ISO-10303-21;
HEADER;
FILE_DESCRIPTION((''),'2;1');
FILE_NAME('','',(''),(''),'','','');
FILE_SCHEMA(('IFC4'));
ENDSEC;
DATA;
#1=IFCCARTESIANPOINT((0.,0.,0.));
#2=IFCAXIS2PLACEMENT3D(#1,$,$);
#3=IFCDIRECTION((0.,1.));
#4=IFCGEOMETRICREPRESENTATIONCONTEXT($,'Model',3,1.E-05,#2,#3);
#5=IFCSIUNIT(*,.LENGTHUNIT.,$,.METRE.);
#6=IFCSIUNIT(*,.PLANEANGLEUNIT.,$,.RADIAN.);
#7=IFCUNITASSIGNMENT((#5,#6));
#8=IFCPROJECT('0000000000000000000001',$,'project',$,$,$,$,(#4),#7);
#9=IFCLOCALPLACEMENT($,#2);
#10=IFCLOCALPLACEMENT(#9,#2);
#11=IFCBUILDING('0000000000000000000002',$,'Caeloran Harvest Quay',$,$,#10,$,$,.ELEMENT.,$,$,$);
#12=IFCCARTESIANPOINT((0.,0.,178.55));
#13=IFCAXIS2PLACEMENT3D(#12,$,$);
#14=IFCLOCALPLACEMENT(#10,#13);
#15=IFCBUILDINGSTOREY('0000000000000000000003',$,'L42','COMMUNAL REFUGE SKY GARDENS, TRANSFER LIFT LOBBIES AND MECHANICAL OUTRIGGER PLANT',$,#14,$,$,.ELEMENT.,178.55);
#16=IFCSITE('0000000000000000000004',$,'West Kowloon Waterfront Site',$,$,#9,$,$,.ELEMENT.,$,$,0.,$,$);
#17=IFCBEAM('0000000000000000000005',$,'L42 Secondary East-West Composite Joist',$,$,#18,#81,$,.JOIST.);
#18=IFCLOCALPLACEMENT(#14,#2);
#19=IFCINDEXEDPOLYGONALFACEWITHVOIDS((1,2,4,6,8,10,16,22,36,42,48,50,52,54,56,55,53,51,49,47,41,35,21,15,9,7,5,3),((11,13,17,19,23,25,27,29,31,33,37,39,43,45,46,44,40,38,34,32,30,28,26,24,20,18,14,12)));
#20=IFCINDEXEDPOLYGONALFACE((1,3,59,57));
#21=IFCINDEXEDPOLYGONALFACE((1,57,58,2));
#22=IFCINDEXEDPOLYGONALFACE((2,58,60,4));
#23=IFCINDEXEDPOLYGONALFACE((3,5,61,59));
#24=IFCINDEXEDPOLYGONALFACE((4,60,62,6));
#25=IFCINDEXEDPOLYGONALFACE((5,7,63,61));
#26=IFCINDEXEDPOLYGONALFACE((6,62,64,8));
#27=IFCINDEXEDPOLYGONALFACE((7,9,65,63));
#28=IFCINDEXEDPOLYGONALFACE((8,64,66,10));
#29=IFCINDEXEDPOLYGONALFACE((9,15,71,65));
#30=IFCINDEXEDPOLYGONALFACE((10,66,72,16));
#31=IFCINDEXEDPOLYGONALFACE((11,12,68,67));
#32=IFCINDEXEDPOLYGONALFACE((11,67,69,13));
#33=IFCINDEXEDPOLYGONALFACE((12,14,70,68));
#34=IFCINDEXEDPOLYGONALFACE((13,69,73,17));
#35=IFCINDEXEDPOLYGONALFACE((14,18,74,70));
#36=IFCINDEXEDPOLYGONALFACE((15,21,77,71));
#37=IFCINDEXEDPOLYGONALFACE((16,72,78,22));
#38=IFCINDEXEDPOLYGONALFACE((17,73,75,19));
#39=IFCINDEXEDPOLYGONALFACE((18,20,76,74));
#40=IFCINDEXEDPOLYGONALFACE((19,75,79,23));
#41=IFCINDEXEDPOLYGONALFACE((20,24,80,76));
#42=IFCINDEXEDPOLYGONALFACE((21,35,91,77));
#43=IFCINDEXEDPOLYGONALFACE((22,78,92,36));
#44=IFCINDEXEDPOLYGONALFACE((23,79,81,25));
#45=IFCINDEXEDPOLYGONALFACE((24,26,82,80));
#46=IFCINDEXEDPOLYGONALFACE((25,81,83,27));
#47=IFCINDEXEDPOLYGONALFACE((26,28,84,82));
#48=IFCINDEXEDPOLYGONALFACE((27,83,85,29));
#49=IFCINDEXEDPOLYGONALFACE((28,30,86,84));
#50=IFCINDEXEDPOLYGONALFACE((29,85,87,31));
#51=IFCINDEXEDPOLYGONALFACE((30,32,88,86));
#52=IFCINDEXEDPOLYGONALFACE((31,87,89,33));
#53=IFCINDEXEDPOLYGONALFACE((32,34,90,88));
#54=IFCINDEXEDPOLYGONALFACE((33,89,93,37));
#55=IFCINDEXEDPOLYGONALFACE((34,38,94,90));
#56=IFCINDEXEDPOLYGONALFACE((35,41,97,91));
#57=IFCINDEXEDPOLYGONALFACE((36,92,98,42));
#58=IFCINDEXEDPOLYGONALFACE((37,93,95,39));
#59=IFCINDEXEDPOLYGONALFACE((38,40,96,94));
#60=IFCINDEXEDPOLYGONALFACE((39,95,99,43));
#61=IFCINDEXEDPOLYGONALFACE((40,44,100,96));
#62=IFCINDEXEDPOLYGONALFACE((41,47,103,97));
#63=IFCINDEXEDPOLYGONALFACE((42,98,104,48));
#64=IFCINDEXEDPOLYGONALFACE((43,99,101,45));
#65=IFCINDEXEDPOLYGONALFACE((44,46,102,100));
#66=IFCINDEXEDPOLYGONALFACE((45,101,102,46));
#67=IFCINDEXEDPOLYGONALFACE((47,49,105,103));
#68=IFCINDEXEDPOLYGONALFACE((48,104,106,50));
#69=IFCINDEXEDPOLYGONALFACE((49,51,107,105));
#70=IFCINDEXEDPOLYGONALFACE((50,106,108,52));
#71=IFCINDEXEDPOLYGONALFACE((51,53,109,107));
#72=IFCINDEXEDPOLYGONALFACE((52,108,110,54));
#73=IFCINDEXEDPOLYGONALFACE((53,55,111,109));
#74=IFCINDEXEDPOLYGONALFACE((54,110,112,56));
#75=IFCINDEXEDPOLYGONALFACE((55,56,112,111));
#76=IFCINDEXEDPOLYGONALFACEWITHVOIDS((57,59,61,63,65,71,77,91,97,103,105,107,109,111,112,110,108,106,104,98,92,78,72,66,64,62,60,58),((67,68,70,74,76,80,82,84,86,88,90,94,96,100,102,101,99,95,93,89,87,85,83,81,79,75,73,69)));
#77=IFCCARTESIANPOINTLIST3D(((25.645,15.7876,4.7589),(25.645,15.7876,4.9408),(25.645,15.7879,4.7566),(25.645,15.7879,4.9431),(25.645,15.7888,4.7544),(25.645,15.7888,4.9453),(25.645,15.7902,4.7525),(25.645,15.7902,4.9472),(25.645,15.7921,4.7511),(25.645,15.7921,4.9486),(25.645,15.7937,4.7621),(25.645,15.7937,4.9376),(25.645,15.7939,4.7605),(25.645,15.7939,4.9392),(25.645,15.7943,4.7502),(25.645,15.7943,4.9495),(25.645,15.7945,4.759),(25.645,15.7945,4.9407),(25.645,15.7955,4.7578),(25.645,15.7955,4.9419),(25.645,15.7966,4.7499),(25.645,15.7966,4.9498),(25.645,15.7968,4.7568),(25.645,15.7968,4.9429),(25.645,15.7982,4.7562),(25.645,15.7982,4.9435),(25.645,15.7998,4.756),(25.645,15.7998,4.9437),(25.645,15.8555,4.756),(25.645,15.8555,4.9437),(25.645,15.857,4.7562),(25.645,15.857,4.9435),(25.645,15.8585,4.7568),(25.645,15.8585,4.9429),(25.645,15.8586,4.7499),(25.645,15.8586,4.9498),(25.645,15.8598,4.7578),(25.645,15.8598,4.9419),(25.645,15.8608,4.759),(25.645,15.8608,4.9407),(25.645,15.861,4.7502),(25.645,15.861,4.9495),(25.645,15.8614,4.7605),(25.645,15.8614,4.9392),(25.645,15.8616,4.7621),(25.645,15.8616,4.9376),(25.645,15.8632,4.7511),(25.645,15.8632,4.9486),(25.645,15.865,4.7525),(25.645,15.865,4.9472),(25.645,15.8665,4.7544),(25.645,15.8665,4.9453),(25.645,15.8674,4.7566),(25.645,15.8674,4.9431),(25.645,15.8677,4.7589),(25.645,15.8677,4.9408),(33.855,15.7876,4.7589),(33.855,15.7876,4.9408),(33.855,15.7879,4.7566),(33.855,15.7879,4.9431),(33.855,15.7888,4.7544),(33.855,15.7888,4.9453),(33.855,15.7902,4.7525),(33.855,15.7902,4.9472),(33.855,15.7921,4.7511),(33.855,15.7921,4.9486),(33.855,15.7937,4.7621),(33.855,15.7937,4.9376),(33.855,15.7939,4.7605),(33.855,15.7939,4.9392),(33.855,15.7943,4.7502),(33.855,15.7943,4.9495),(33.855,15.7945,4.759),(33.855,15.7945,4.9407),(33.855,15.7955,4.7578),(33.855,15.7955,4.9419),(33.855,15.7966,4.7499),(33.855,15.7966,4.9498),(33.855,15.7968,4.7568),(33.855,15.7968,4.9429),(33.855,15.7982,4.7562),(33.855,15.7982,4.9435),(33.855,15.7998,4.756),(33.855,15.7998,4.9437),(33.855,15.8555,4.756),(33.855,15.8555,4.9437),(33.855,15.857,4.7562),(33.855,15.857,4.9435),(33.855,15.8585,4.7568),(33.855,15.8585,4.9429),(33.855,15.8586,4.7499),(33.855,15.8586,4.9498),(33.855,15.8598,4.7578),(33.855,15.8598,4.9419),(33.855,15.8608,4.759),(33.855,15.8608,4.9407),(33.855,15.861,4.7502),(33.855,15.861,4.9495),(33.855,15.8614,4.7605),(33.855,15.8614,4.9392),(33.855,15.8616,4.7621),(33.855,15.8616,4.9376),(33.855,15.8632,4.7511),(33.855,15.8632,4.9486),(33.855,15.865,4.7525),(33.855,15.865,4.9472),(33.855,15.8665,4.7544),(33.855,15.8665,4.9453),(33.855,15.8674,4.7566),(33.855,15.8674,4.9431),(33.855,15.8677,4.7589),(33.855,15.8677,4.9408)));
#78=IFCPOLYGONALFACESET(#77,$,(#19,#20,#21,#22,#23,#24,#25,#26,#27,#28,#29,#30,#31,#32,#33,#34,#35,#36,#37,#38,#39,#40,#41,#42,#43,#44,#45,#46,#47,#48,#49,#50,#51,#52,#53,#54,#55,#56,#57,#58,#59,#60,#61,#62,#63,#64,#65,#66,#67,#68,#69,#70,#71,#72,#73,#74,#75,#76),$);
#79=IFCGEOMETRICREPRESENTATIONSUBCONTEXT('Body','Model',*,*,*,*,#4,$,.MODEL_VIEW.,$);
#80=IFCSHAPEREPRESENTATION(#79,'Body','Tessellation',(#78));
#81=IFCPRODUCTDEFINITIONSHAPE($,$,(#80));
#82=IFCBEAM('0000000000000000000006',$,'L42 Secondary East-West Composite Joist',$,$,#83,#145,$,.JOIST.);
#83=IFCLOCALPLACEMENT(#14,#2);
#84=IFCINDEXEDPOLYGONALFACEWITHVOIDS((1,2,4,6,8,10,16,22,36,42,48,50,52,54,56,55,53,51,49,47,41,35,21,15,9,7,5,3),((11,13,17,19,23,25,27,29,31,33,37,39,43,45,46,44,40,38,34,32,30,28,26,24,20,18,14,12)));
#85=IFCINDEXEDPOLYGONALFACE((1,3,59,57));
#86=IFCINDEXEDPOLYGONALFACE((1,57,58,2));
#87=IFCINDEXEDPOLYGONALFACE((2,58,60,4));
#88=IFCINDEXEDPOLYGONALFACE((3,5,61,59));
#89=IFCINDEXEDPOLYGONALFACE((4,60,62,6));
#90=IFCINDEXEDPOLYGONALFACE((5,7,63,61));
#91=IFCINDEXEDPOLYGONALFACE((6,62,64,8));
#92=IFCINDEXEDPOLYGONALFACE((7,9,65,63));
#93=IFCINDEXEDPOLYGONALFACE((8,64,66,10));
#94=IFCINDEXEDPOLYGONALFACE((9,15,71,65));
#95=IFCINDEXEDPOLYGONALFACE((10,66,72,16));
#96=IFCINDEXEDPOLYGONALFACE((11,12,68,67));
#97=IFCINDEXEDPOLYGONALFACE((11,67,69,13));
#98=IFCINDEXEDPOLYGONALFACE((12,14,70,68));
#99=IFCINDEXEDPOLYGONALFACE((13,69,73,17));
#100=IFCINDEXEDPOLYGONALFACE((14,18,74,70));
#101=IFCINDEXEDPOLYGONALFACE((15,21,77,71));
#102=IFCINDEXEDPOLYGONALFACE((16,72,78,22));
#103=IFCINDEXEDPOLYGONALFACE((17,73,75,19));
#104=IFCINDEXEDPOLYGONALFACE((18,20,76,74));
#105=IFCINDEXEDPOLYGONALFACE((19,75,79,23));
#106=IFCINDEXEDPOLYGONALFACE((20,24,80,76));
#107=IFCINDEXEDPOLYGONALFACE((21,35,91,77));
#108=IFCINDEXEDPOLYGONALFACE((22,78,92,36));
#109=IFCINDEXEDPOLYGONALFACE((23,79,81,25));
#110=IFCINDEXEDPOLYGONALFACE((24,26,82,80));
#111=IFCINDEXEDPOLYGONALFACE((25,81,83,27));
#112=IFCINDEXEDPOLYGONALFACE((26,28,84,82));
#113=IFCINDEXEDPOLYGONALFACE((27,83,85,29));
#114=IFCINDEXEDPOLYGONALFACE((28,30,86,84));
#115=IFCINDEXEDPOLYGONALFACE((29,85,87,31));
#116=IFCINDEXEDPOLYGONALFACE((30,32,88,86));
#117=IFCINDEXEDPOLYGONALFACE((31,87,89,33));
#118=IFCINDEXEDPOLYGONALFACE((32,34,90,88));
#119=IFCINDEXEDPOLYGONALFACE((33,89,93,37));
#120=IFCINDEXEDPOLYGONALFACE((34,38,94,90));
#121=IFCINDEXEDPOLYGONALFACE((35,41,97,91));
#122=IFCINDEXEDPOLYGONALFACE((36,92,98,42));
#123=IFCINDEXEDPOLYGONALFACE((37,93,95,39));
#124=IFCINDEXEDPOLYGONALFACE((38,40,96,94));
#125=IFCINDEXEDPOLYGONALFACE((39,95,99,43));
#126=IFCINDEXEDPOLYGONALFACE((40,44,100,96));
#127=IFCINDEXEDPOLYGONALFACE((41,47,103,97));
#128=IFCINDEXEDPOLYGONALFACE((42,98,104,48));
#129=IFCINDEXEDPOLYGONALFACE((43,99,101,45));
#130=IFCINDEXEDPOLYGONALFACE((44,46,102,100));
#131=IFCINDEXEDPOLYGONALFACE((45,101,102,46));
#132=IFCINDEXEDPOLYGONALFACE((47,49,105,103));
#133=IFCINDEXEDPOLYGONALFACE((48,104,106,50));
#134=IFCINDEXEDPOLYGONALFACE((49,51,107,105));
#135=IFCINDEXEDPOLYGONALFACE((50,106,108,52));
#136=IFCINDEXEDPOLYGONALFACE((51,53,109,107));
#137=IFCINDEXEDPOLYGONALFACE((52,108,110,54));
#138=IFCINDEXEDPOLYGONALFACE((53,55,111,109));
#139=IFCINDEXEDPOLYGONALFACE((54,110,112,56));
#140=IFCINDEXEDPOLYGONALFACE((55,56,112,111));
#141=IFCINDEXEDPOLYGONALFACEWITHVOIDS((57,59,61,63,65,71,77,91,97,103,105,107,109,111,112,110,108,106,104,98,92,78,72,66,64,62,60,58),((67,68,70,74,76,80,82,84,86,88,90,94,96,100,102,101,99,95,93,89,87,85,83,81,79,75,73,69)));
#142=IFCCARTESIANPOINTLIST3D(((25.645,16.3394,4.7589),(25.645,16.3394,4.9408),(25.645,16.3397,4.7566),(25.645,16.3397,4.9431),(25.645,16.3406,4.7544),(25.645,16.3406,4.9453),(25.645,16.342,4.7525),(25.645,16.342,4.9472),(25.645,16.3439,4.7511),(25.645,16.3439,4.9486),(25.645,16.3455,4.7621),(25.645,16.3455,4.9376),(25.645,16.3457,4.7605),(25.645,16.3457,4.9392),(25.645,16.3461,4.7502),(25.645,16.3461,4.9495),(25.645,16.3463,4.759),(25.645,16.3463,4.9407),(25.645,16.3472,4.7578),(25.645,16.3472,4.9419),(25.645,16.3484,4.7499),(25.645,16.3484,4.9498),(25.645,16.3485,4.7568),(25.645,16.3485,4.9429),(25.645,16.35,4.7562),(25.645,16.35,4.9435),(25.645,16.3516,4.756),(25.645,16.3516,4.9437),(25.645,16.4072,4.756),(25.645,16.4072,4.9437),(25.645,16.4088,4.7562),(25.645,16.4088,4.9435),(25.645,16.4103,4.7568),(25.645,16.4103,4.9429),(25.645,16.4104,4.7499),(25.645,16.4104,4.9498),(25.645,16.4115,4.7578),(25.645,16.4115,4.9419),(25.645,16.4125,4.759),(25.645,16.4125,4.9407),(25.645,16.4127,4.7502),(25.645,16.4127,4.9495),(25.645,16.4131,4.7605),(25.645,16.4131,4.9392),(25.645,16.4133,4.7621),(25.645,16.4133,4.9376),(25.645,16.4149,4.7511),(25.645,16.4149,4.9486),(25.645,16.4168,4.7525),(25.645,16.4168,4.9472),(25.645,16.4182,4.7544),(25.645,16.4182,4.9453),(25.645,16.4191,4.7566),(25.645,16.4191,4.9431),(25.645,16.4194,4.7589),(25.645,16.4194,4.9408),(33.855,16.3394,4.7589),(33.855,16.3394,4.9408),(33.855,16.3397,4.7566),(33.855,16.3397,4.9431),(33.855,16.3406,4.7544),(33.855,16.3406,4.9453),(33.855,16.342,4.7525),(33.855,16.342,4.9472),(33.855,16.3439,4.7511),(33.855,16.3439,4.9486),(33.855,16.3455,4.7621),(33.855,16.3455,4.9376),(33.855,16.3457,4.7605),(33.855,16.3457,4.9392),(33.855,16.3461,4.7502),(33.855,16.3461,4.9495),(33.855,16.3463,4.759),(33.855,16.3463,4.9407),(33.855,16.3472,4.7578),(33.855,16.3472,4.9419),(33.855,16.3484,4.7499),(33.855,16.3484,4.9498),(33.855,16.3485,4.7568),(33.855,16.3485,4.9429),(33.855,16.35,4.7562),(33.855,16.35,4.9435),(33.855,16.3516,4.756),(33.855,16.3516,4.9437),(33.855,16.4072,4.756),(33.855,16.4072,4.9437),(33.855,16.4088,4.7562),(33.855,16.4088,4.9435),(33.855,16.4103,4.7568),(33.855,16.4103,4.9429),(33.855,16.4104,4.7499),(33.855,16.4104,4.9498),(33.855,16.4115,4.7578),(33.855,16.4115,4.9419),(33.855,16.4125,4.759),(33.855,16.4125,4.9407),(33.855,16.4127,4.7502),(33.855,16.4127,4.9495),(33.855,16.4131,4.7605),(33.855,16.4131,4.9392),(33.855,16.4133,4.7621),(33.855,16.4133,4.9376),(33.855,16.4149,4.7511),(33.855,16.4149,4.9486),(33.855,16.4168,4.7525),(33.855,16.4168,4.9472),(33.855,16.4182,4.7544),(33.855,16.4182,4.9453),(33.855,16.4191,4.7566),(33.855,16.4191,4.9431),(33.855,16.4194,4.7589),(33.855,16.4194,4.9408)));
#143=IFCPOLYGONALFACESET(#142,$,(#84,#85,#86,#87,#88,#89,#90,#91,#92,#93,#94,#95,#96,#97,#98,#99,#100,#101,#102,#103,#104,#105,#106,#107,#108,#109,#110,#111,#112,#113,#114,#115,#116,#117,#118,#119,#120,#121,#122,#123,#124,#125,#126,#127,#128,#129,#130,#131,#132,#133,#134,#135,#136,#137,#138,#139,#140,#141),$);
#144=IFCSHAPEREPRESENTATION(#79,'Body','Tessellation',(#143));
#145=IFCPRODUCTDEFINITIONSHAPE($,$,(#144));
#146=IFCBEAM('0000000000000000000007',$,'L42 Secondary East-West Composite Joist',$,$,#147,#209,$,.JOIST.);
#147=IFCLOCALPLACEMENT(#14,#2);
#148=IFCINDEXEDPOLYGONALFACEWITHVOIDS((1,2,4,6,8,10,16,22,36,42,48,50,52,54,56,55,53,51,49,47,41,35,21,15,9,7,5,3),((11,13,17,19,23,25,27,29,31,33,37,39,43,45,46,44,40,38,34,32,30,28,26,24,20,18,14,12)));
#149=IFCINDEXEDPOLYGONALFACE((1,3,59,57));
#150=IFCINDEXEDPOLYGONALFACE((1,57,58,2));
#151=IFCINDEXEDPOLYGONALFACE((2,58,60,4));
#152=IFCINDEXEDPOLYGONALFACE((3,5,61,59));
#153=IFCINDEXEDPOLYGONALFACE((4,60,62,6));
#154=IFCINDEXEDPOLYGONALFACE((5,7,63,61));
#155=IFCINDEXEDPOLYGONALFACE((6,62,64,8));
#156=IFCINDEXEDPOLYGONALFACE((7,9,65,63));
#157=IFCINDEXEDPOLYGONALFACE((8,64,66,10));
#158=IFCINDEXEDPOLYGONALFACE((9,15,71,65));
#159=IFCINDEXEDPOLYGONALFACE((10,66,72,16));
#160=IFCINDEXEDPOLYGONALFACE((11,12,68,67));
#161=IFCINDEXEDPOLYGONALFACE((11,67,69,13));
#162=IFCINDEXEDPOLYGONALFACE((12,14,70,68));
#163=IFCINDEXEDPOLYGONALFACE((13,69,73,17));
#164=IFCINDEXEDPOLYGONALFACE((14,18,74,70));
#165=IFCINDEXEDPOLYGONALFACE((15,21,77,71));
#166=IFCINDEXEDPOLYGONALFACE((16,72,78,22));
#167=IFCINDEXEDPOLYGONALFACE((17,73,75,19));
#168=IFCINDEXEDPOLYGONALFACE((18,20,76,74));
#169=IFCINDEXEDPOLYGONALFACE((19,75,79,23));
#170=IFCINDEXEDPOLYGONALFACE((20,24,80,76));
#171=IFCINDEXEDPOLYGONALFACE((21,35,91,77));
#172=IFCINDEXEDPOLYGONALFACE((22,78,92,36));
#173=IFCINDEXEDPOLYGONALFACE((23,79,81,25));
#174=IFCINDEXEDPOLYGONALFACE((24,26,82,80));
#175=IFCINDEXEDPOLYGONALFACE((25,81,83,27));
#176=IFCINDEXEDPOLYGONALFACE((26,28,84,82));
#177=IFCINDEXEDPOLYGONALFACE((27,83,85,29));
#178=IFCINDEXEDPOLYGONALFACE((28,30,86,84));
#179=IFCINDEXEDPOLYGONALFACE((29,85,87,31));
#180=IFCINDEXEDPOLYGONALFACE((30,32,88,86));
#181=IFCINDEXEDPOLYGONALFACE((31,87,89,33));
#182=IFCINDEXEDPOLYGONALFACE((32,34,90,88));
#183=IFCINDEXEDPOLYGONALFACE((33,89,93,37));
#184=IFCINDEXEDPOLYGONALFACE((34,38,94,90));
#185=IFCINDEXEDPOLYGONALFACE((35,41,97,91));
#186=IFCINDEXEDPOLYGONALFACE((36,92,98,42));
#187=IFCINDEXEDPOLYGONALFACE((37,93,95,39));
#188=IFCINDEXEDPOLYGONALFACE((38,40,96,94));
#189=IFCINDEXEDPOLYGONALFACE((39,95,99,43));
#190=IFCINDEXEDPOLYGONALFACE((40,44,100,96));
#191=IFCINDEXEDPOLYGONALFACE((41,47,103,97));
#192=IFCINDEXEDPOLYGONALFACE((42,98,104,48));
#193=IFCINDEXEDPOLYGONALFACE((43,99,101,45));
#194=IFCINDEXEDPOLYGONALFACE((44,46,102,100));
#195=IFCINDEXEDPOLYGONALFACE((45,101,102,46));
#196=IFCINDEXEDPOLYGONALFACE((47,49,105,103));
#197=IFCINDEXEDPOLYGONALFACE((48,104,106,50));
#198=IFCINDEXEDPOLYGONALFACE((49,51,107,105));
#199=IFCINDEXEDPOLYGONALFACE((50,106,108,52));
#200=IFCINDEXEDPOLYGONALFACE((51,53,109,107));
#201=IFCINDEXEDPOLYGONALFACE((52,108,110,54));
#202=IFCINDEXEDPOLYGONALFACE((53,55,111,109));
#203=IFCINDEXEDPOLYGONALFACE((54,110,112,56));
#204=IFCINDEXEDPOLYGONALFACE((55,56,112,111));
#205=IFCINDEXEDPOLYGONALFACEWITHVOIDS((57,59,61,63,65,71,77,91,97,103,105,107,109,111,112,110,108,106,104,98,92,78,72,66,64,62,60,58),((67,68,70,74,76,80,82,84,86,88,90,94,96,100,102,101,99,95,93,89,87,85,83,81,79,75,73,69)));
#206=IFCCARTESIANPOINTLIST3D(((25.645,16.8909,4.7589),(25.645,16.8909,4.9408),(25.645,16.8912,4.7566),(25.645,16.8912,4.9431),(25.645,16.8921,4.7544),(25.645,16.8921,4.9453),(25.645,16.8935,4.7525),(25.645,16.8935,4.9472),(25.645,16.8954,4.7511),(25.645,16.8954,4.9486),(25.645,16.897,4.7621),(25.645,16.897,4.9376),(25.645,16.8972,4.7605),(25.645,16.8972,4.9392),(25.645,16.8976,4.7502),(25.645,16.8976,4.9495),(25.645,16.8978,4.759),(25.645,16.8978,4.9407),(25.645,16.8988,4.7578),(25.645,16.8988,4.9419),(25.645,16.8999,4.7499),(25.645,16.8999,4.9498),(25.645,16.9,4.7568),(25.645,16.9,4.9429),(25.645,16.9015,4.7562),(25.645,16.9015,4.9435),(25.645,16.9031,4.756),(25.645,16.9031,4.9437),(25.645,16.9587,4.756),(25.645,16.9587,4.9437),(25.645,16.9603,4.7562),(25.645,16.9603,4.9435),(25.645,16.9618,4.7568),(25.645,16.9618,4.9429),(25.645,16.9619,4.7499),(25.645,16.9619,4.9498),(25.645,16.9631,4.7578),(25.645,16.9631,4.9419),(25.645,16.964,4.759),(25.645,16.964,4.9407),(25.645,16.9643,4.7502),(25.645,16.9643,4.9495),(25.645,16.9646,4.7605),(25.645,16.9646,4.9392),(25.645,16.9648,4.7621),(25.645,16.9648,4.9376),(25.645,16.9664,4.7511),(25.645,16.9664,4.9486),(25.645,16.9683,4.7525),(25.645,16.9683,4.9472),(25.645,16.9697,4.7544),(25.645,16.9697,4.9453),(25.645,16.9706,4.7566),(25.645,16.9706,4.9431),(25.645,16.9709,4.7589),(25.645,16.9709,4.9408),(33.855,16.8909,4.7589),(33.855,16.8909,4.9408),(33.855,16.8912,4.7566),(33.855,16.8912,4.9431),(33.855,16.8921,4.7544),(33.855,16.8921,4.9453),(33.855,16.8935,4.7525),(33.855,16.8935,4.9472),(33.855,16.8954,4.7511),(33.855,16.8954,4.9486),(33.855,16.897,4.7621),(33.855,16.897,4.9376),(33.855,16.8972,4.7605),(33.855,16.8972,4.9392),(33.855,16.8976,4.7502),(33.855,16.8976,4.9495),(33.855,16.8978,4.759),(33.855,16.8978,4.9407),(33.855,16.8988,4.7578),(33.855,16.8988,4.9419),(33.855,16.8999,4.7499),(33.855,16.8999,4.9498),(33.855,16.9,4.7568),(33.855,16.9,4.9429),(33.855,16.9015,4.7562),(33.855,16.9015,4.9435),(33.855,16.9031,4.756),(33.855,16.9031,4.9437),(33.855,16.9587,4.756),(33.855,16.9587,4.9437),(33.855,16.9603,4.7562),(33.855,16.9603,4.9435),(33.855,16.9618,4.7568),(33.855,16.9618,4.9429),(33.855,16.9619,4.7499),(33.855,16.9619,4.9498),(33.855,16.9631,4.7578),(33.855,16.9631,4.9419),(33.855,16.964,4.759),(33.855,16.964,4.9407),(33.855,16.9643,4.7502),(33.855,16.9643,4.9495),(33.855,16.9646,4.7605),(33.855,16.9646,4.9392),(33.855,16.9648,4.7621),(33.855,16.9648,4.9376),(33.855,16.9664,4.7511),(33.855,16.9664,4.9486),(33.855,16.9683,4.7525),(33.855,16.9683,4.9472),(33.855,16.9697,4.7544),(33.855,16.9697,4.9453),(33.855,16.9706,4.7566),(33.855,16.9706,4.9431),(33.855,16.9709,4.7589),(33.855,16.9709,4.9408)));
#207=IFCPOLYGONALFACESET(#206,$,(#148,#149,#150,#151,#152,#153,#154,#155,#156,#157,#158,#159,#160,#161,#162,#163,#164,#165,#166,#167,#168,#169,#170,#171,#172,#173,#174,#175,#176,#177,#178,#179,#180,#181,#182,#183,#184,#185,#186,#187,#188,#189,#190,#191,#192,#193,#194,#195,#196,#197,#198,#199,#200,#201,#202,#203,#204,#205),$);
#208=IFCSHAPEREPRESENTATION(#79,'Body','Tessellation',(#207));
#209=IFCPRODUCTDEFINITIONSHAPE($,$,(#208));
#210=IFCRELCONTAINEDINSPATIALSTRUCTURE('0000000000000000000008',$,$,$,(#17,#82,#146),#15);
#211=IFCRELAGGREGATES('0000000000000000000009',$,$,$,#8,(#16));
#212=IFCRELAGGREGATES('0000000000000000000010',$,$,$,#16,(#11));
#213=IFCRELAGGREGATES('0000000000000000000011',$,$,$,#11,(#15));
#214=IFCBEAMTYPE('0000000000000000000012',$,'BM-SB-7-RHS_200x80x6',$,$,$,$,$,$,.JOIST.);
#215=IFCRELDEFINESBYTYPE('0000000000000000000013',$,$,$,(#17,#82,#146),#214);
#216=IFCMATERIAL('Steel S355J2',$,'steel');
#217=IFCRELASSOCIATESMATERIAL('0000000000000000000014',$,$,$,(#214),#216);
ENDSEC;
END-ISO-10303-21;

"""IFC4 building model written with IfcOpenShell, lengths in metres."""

from ifc_helpers import new_model, si_unit, direction, frame, origin, origin_2d, place, context, subcontext, project, spatial, hollow_rectangle, extrude, material, material_profile, profile_set, type_object, element, save


model = new_model("IFC4")

# Units and contexts
model_context = context("Model", 3, precision=1e-05, world=origin(), true_north=direction((0.0, 1.0)))
body_context = subcontext(model_context, "Body", "Model", "MODEL_VIEW")
ifc_project = project(units=[si_unit("LENGTHUNIT", "METRE"), si_unit("PLANEANGLEUNIT", "RADIAN")], contexts=[model_context])

# Site, building, storey
site_placement = place(None, origin())
site = spatial("IfcSite", under=ifc_project, at=site_placement, Name="West Kowloon Waterfront Site", CompositionType="ELEMENT", RefElevation=0.0)
building_placement = place(site_placement, origin())
building = spatial("IfcBuilding", under=site, at=building_placement, Name="Caeloran Harvest Quay", CompositionType="ELEMENT")
storey_placement = place(building_placement, frame((0.0, 0.0, 178.55)))
storey = spatial("IfcBuildingStorey", under=building, at=storey_placement, Name="L42", Description="COMMUNAL REFUGE SKY GARDENS, TRANSFER LIFT LOBBIES AND MECHANICAL OUTRIGGER PLANT", CompositionType="ELEMENT", Elevation=178.55)

# Beams
ifc_material_1 = material(Name="Steel S355J2", Category="steel")
ifc_material_profile_1 = material_profile(ifc_material_1, hollow_rectangle(XDim=0.0801, YDim=0.2, WallThickness=0.0061, InnerFilletRadius=0.0061, OuterFilletRadius=0.009, at=origin_2d()), Name="RHS 200x80x6")
ifc_profile_set_1 = profile_set([ifc_material_profile_1], Name="Steel S355J2")
beam_type_1 = type_object("IfcBeamType", Name="BM-SB-7-RHS_200x80x6", PredefinedType="JOIST", material=ifc_profile_set_1)
for number, where, z_axis, x_axis, name in (
    (1, (25.645, 15.8276, 4.8499), (1.0, 0.0, 0.0), (0.0, 1.0, 0.0), "L42 Secondary East-West Composite Joist"),
    (2, (25.645, 16.3794, 4.8499), (1.0, 0.0, 0.0), (0.0, 1.0, 0.0), "L42 Secondary East-West Composite Joist"),
    (3, (25.645, 16.9309, 4.8499), (1.0, 0.0, 0.0), (0.0, 1.0, 0.0), "L42 Secondary East-West Composite Joist"),
):
    element("IfcBeam", number, at=place(storey_placement, frame(where, z_axis=z_axis, x_axis=x_axis)), inside=storey, type_object=beam_type_1, Name=name, PredefinedType="JOIST", context=body_context, shape_type="SweptSolid", body=[
        extrude(hollow_rectangle(XDim=0.0801, YDim=0.2, WallThickness=0.0061, InnerFilletRadius=0.0061, OuterFilletRadius=0.009, at=origin_2d()), origin(), (0.0, 0.0, 1.0), 8.21),
    ])

save(model, "model.ifc")
